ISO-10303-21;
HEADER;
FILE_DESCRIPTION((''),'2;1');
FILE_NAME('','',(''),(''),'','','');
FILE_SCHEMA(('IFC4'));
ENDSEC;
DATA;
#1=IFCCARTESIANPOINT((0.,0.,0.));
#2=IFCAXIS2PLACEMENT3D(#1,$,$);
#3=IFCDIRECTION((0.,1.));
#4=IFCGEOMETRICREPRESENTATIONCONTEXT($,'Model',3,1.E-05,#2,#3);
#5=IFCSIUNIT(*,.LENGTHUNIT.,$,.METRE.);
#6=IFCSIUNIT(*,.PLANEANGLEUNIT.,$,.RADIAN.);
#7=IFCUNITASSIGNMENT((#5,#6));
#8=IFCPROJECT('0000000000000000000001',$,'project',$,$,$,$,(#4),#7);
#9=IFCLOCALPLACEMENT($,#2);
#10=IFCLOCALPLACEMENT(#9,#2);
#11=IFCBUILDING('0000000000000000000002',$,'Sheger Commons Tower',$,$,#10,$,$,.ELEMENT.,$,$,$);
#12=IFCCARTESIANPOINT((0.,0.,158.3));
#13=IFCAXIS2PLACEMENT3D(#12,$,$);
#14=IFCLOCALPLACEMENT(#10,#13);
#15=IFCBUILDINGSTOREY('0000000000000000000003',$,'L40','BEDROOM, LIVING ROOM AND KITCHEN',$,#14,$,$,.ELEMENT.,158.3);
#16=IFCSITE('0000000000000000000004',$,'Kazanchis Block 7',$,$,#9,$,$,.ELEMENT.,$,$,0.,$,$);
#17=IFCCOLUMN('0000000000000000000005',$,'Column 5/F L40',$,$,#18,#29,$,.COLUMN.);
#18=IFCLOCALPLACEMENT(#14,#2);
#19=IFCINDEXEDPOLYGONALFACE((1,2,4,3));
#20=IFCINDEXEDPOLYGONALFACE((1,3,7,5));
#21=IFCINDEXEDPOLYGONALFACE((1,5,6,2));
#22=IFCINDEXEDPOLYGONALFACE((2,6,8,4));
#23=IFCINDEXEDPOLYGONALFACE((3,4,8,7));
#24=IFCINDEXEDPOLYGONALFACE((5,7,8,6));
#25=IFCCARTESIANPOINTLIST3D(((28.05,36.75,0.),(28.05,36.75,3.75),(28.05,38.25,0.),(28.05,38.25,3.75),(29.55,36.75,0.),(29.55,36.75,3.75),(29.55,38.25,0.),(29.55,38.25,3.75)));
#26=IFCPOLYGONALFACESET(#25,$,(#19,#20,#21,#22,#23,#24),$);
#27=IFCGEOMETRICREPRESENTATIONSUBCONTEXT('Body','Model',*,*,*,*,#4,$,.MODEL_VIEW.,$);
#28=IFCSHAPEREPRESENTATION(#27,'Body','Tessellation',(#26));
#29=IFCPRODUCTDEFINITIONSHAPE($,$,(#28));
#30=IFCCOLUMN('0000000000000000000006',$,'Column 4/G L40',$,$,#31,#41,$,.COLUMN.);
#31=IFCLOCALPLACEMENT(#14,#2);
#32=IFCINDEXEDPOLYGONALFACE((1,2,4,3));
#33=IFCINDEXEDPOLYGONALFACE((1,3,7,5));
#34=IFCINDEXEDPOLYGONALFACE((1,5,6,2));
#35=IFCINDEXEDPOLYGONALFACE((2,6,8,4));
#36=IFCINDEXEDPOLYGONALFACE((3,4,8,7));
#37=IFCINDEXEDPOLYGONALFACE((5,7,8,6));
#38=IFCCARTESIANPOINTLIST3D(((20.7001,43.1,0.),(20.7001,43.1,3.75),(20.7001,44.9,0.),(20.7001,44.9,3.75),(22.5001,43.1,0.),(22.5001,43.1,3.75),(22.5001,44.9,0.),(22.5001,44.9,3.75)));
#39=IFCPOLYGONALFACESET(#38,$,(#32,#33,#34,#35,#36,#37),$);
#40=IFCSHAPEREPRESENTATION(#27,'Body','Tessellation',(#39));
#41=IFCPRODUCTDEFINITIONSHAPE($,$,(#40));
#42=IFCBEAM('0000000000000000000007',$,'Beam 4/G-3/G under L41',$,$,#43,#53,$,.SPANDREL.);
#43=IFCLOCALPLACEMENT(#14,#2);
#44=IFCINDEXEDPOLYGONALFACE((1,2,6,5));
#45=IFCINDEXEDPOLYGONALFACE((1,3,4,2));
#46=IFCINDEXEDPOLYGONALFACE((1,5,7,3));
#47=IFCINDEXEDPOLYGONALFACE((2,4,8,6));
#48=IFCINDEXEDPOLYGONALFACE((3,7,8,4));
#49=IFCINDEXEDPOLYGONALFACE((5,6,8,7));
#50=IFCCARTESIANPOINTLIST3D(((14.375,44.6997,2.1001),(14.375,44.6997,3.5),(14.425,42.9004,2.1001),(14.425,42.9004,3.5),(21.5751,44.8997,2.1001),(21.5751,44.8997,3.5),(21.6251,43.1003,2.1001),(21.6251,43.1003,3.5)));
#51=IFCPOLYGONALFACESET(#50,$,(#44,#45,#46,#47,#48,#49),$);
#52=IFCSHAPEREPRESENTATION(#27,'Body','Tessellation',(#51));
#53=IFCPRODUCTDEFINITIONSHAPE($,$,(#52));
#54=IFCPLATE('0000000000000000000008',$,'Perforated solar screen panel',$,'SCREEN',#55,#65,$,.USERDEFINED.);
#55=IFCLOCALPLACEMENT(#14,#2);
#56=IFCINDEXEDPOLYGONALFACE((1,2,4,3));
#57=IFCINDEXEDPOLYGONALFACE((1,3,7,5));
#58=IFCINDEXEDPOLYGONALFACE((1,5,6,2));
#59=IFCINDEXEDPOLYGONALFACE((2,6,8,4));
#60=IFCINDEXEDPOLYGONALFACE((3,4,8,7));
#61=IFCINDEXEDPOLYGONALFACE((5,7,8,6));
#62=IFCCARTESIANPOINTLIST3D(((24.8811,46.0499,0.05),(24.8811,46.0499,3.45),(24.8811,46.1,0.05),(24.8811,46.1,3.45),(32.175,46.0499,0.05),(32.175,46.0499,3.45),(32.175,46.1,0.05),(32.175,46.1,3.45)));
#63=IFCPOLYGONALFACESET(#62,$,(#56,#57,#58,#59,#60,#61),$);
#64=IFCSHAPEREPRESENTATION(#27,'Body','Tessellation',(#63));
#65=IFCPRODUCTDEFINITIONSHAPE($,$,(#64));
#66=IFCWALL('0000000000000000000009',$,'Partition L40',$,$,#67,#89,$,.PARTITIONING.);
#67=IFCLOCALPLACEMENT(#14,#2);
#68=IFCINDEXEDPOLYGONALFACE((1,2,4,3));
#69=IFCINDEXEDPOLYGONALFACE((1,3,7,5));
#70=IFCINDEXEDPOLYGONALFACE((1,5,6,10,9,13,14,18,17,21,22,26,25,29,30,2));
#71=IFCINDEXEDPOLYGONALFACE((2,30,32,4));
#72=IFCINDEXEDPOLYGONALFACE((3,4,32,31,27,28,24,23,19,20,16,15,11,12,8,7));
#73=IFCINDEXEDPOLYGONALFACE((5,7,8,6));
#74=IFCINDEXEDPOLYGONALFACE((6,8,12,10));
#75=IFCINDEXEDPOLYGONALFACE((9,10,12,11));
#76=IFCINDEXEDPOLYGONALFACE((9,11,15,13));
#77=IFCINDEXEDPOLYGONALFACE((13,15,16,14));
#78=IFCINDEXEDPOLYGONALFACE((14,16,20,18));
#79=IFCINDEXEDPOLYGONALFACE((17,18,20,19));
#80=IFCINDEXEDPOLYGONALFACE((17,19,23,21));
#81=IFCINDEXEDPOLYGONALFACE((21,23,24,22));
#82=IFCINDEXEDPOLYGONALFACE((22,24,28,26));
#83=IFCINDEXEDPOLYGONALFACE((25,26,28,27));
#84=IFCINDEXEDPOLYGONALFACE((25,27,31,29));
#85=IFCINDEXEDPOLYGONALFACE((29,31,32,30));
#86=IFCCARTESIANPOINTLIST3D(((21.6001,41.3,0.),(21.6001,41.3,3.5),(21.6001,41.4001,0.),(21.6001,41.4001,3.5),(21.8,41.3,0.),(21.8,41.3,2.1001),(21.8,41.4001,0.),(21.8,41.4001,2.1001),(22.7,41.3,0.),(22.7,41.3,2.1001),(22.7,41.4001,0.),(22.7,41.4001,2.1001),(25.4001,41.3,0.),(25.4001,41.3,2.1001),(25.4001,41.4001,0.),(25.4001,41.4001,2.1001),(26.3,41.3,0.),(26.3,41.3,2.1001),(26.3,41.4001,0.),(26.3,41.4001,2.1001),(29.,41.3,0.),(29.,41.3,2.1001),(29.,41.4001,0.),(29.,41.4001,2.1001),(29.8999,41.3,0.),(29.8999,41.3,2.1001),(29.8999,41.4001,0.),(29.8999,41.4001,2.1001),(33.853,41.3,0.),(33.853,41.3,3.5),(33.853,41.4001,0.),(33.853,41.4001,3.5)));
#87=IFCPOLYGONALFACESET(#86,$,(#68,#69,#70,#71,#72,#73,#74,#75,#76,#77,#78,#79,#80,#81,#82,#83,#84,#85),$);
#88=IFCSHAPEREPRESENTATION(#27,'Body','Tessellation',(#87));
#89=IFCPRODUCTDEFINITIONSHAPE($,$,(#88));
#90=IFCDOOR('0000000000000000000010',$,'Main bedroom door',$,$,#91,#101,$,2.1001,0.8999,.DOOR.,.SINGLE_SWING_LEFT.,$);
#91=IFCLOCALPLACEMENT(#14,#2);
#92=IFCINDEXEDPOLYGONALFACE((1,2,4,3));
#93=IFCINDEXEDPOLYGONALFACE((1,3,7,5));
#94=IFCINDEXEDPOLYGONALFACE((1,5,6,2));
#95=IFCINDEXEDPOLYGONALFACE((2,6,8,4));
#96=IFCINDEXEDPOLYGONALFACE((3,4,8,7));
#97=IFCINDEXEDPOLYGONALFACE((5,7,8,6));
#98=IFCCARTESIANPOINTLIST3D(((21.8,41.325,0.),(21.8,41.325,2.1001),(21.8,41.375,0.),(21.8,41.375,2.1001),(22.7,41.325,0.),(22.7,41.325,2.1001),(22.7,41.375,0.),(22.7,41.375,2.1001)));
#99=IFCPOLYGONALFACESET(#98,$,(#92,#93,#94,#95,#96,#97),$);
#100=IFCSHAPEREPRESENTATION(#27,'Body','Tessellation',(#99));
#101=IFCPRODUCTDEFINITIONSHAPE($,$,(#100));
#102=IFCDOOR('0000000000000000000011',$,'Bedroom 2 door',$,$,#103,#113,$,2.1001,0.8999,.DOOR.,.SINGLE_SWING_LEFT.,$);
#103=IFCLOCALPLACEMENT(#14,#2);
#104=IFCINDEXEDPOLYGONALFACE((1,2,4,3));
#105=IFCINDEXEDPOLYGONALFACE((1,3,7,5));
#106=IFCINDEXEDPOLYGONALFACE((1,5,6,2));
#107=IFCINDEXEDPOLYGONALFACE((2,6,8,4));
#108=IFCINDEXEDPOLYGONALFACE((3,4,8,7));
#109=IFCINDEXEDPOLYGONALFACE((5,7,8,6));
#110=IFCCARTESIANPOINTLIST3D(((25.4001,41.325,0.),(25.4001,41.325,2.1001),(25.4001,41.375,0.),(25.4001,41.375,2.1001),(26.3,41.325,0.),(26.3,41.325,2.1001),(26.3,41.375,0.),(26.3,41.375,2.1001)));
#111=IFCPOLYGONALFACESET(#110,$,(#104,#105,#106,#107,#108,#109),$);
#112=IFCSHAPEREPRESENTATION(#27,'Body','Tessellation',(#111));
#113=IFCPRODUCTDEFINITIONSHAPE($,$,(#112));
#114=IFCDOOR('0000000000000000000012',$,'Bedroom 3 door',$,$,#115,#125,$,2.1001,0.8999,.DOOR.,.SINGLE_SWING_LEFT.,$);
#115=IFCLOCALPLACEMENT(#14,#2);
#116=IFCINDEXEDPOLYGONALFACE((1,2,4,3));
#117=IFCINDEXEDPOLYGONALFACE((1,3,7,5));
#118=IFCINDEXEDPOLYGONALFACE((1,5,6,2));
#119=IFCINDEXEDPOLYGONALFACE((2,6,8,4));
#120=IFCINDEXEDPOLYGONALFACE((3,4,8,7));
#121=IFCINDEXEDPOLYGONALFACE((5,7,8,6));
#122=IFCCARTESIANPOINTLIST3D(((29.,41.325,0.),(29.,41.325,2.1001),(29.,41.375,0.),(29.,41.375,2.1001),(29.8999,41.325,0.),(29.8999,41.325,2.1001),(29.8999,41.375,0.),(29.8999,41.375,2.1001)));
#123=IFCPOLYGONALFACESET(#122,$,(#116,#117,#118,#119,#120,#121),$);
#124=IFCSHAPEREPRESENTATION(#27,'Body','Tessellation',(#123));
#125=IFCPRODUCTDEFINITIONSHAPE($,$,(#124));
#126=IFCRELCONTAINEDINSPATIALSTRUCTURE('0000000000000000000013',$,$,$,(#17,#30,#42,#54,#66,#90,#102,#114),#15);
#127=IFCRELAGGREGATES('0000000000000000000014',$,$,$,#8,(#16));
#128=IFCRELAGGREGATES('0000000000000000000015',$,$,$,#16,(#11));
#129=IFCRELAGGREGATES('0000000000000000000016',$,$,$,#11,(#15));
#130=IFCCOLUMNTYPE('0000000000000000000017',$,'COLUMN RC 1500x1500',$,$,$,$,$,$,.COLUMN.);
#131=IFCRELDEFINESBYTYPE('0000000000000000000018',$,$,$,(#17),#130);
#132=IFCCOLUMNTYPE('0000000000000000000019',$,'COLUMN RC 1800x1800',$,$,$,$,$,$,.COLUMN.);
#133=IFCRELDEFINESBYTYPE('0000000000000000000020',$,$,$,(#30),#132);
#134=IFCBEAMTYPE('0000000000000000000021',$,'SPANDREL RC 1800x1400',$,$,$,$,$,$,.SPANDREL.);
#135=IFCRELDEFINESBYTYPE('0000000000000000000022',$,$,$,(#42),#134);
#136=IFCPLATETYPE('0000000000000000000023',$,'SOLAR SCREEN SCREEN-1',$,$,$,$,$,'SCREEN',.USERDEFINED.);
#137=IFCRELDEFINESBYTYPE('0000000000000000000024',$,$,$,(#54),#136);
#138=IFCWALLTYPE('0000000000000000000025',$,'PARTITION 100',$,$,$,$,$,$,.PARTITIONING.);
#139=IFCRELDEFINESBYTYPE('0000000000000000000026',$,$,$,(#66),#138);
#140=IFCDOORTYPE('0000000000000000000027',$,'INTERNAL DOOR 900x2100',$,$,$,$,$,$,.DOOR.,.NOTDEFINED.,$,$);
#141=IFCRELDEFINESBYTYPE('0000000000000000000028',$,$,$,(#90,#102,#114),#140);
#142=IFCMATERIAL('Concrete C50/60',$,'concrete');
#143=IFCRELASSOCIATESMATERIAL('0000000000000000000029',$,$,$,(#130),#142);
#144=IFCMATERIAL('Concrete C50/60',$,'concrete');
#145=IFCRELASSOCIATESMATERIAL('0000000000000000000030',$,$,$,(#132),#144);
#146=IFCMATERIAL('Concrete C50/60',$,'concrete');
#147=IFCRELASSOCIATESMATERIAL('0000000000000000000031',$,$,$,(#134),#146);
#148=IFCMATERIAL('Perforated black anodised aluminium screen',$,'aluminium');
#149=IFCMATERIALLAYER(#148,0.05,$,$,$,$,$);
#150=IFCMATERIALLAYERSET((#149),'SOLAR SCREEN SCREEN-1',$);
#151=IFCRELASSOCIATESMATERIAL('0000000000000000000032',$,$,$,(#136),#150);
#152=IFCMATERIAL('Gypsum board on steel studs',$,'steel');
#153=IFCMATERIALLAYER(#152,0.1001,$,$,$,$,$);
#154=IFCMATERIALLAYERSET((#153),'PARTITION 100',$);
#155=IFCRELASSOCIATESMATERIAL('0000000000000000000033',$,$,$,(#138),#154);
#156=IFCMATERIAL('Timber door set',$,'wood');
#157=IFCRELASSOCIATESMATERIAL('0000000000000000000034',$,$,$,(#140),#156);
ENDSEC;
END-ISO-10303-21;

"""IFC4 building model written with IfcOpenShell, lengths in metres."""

from ifc_helpers import new_model, si_unit, direction, frame, frame_2d, origin, origin_2d, place, context, subcontext, project, spatial, rectangle, extrude, material, layer, layer_set, material_profile, profile_set, type_object, element, fill, save


model = new_model("IFC4")

# Units and contexts
model_context = context("Model", 3, precision=1e-05, world=origin(), true_north=direction((0.0, 1.0)))
body_context = subcontext(model_context, "Body", "Model", "MODEL_VIEW")
ifc_project = project(units=[si_unit("LENGTHUNIT", "METRE"), si_unit("PLANEANGLEUNIT", "RADIAN")], contexts=[model_context])

# Site, building, storey
site_placement = place(None, origin())
site = spatial("IfcSite", under=ifc_project, at=site_placement, Name="Kazanchis Block 7", CompositionType="ELEMENT", RefElevation=0.0)
building_placement = place(site_placement, origin())
building = spatial("IfcBuilding", under=site, at=building_placement, Name="Sheger Commons Tower", CompositionType="ELEMENT")
storey_placement = place(building_placement, frame((0.0, 0.0, 158.3)))
storey = spatial("IfcBuildingStorey", under=building, at=storey_placement, Name="L40", Description="BEDROOM, LIVING ROOM AND KITCHEN", CompositionType="ELEMENT", Elevation=158.3)

# Columns
ifc_material_1 = material(Name="Concrete C50/60", Category="concrete")
ifc_material_profile_1 = material_profile(ifc_material_1, rectangle(XDim=1.5, YDim=1.5, at=origin_2d()), Name="RC 1500x1500")
ifc_profile_set_1 = profile_set([ifc_material_profile_1], Name="Concrete C50/60")
column_type_1 = type_object("IfcColumnType", Name="COLUMN RC 1500x1500", PredefinedType="COLUMN", material=ifc_profile_set_1)
column_1_placement = place(storey_placement, frame((28.8, 37.5, 0.0), z_axis=(0.0, 0.0, 1.0), x_axis=(1.0, 0.0, 0.0)))
element("IfcColumn", 1, at=column_1_placement, inside=storey, type_object=column_type_1, Name="Column 5/F L40", PredefinedType="COLUMN", context=body_context, shape_type="SweptSolid", body=[
    extrude(rectangle(XDim=1.5, YDim=1.5, at=origin_2d()), origin(), (0.0, 0.0, 1.0), 3.75),
])
ifc_material_2 = material(Name="Concrete C50/60", Category="concrete")
ifc_material_profile_2 = material_profile(ifc_material_2, rectangle(XDim=1.8, YDim=1.8, at=origin_2d()), Name="RC 1800x1800")
ifc_profile_set_2 = profile_set([ifc_material_profile_2], Name="Concrete C50/60")
column_type_2 = type_object("IfcColumnType", Name="COLUMN RC 1800x1800", PredefinedType="COLUMN", material=ifc_profile_set_2)
column_2_placement = place(storey_placement, frame((21.6001, 44.0, 0.0), z_axis=(0.0, 0.0, 1.0), x_axis=(1.0, 0.0, 0.0)))
element("IfcColumn", 2, at=column_2_placement, inside=storey, type_object=column_type_2, Name="Column 4/G L40", PredefinedType="COLUMN", context=body_context, shape_type="SweptSolid", body=[
    extrude(rectangle(XDim=1.8, YDim=1.8, at=origin_2d()), origin(), (0.0, 0.0, 1.0), 3.75),
])

# Beam
ifc_material_3 = material(Name="Concrete C50/60", Category="concrete")
ifc_material_profile_3 = material_profile(ifc_material_3, rectangle(XDim=1.8, YDim=1.3999, at=origin_2d()), Name="RC 1800x1400")
ifc_profile_set_3 = profile_set([ifc_material_profile_3], Name="Concrete C50/60")
beam_type = type_object("IfcBeamType", Name="SPANDREL RC 1800x1400", PredefinedType="SPANDREL", material=ifc_profile_set_3)
beam_placement = place(storey_placement, frame((21.6001, 44.0, 2.8), z_axis=(-0.999615, -0.02776, 0.0), x_axis=(0.02776, -0.999615, 0.0)))
element("IfcBeam", 3, at=beam_placement, inside=storey, type_object=beam_type, Name="Beam 4/G-3/G under L41", PredefinedType="SPANDREL", context=body_context, shape_type="SweptSolid", body=[
    extrude(rectangle(XDim=1.8, YDim=1.3999, at=origin_2d()), origin(), (0.0, 0.0, 1.0), 7.2029),
])

# Plate
ifc_material_4 = material(Name="Perforated black anodised aluminium screen", Category="aluminium")
ifc_layer_1 = layer(ifc_material_4, 0.05)
ifc_layer_set_1 = layer_set([ifc_layer_1], Name="SOLAR SCREEN SCREEN-1")
plate_type = type_object("IfcPlateType", Name="SOLAR SCREEN SCREEN-1", ElementType="SCREEN", PredefinedType="USERDEFINED", material=ifc_layer_set_1)
plate_placement = place(storey_placement, frame((28.5281, 46.075, 0.05), z_axis=(0.0, 0.0, 1.0), x_axis=(-1.0, 0.0, 0.0)))
element("IfcPlate", 4, at=plate_placement, inside=storey, type_object=plate_type, Name="Perforated solar screen panel", ObjectType="SCREEN", PredefinedType="USERDEFINED", context=body_context, shape_type="SweptSolid", body=[
    extrude(rectangle(XDim=7.2939, YDim=0.05, at=origin_2d()), origin(), (0.0, 0.0, 1.0), 3.3999),
])

# Wall, openings, doors
ifc_material_5 = material(Name="Gypsum board on steel studs", Category="steel")
ifc_layer_2 = layer(ifc_material_5, 0.1001)
ifc_layer_set_2 = layer_set([ifc_layer_2], Name="PARTITION 100")
wall_type = type_object("IfcWallType", Name="PARTITION 100", PredefinedType="PARTITIONING", material=ifc_layer_set_2)
wall_1_placement = place(storey_placement, frame((21.6001, 41.3501, 0.0), z_axis=(0.0, 0.0, 1.0), x_axis=(1.0, 0.0, 0.0)))
wall_1 = element("IfcWall", 5, at=wall_1_placement, inside=storey, type_object=wall_type, Name="Partition L40", PredefinedType="PARTITIONING", context=body_context, shape_type="SweptSolid", body=[
    extrude(rectangle(XDim=12.2529, YDim=0.1001, at=frame_2d((6.1265, 0.0))), origin(), (0.0, 0.0, 1.0), 3.5),
])
opening_1_placement = place(wall_1_placement, frame((0.2, 0.0, 0.0)))
opening_1 = element("IfcOpeningElement", 6, at=opening_1_placement, cuts=wall_1, PredefinedType="OPENING", context=body_context, shape_type="SweptSolid", body=[
    extrude(rectangle(XDim=0.8999, YDim=2.1001, at=frame_2d((0.45, 1.05))), frame((0.0, 0.0601, 0.0), z_axis=(0.0, -1.0, 0.0), x_axis=(1.0, 0.0, 0.0)), (0.0, 0.0, 1.0), 0.1201),
])
opening_2_placement = place(wall_1_placement, frame((3.8, 0.0, 0.0)))
opening_2 = element("IfcOpeningElement", 7, at=opening_2_placement, cuts=wall_1, PredefinedType="OPENING", context=body_context, shape_type="SweptSolid", body=[
    extrude(rectangle(XDim=0.8999, YDim=2.1001, at=frame_2d((0.45, 1.05))), frame((0.0, 0.0601, 0.0), z_axis=(0.0, -1.0, 0.0), x_axis=(1.0, 0.0, 0.0)), (0.0, 0.0, 1.0), 0.1201),
])
opening_3_placement = place(wall_1_placement, frame((7.3999, 0.0, 0.0)))
opening_3 = element("IfcOpeningElement", 8, at=opening_3_placement, cuts=wall_1, PredefinedType="OPENING", context=body_context, shape_type="SweptSolid", body=[
    extrude(rectangle(XDim=0.8999, YDim=2.1001, at=frame_2d((0.45, 1.05))), frame((0.0, 0.0601, 0.0), z_axis=(0.0, -1.0, 0.0), x_axis=(1.0, 0.0, 0.0)), (0.0, 0.0, 1.0), 0.1201),
])
ifc_material_6 = material(Name="Timber door set", Category="wood")
door_type = type_object("IfcDoorType", Name="INTERNAL DOOR 900x2100", OperationType="NOTDEFINED", PredefinedType="DOOR", material=ifc_material_6)
door_1_placement = place(opening_1_placement, origin())
door_1 = element("IfcDoor", 9, at=door_1_placement, inside=storey, type_object=door_type, Name="Main bedroom door", OperationType="SINGLE_SWING_LEFT", OverallHeight=2.1001, OverallWidth=0.8999, PredefinedType="DOOR", context=body_context, shape_type="SweptSolid", body=[
    extrude(rectangle(XDim=0.8999, YDim=2.1001, at=frame_2d((0.45, 1.05))), frame((0.0, 0.0249, 0.0), z_axis=(0.0, -1.0, 0.0), x_axis=(1.0, 0.0, 0.0)), (0.0, 0.0, 1.0), 0.05),
])
fill(opening_1, door_1)
door_2_placement = place(opening_2_placement, origin())
door_2 = element("IfcDoor", 10, at=door_2_placement, inside=storey, type_object=door_type, Name="Bedroom 2 door", OperationType="SINGLE_SWING_LEFT", OverallHeight=2.1001, OverallWidth=0.8999, PredefinedType="DOOR", context=body_context, shape_type="SweptSolid", body=[
    extrude(rectangle(XDim=0.8999, YDim=2.1001, at=frame_2d((0.45, 1.05))), frame((0.0, 0.0249, 0.0), z_axis=(0.0, -1.0, 0.0), x_axis=(1.0, 0.0, 0.0)), (0.0, 0.0, 1.0), 0.05),
])
fill(opening_2, door_2)
door_3_placement = place(opening_3_placement, origin())
door_3 = element("IfcDoor", 11, at=door_3_placement, inside=storey, type_object=door_type, Name="Bedroom 3 door", OperationType="SINGLE_SWING_LEFT", OverallHeight=2.1001, OverallWidth=0.8999, PredefinedType="DOOR", context=body_context, shape_type="SweptSolid", body=[
    extrude(rectangle(XDim=0.8999, YDim=2.1001, at=frame_2d((0.45, 1.05))), frame((0.0, 0.0249, 0.0), z_axis=(0.0, -1.0, 0.0), x_axis=(1.0, 0.0, 0.0)), (0.0, 0.0, 1.0), 0.05),
])
fill(opening_3, door_3)

save(model, "model.ifc")
